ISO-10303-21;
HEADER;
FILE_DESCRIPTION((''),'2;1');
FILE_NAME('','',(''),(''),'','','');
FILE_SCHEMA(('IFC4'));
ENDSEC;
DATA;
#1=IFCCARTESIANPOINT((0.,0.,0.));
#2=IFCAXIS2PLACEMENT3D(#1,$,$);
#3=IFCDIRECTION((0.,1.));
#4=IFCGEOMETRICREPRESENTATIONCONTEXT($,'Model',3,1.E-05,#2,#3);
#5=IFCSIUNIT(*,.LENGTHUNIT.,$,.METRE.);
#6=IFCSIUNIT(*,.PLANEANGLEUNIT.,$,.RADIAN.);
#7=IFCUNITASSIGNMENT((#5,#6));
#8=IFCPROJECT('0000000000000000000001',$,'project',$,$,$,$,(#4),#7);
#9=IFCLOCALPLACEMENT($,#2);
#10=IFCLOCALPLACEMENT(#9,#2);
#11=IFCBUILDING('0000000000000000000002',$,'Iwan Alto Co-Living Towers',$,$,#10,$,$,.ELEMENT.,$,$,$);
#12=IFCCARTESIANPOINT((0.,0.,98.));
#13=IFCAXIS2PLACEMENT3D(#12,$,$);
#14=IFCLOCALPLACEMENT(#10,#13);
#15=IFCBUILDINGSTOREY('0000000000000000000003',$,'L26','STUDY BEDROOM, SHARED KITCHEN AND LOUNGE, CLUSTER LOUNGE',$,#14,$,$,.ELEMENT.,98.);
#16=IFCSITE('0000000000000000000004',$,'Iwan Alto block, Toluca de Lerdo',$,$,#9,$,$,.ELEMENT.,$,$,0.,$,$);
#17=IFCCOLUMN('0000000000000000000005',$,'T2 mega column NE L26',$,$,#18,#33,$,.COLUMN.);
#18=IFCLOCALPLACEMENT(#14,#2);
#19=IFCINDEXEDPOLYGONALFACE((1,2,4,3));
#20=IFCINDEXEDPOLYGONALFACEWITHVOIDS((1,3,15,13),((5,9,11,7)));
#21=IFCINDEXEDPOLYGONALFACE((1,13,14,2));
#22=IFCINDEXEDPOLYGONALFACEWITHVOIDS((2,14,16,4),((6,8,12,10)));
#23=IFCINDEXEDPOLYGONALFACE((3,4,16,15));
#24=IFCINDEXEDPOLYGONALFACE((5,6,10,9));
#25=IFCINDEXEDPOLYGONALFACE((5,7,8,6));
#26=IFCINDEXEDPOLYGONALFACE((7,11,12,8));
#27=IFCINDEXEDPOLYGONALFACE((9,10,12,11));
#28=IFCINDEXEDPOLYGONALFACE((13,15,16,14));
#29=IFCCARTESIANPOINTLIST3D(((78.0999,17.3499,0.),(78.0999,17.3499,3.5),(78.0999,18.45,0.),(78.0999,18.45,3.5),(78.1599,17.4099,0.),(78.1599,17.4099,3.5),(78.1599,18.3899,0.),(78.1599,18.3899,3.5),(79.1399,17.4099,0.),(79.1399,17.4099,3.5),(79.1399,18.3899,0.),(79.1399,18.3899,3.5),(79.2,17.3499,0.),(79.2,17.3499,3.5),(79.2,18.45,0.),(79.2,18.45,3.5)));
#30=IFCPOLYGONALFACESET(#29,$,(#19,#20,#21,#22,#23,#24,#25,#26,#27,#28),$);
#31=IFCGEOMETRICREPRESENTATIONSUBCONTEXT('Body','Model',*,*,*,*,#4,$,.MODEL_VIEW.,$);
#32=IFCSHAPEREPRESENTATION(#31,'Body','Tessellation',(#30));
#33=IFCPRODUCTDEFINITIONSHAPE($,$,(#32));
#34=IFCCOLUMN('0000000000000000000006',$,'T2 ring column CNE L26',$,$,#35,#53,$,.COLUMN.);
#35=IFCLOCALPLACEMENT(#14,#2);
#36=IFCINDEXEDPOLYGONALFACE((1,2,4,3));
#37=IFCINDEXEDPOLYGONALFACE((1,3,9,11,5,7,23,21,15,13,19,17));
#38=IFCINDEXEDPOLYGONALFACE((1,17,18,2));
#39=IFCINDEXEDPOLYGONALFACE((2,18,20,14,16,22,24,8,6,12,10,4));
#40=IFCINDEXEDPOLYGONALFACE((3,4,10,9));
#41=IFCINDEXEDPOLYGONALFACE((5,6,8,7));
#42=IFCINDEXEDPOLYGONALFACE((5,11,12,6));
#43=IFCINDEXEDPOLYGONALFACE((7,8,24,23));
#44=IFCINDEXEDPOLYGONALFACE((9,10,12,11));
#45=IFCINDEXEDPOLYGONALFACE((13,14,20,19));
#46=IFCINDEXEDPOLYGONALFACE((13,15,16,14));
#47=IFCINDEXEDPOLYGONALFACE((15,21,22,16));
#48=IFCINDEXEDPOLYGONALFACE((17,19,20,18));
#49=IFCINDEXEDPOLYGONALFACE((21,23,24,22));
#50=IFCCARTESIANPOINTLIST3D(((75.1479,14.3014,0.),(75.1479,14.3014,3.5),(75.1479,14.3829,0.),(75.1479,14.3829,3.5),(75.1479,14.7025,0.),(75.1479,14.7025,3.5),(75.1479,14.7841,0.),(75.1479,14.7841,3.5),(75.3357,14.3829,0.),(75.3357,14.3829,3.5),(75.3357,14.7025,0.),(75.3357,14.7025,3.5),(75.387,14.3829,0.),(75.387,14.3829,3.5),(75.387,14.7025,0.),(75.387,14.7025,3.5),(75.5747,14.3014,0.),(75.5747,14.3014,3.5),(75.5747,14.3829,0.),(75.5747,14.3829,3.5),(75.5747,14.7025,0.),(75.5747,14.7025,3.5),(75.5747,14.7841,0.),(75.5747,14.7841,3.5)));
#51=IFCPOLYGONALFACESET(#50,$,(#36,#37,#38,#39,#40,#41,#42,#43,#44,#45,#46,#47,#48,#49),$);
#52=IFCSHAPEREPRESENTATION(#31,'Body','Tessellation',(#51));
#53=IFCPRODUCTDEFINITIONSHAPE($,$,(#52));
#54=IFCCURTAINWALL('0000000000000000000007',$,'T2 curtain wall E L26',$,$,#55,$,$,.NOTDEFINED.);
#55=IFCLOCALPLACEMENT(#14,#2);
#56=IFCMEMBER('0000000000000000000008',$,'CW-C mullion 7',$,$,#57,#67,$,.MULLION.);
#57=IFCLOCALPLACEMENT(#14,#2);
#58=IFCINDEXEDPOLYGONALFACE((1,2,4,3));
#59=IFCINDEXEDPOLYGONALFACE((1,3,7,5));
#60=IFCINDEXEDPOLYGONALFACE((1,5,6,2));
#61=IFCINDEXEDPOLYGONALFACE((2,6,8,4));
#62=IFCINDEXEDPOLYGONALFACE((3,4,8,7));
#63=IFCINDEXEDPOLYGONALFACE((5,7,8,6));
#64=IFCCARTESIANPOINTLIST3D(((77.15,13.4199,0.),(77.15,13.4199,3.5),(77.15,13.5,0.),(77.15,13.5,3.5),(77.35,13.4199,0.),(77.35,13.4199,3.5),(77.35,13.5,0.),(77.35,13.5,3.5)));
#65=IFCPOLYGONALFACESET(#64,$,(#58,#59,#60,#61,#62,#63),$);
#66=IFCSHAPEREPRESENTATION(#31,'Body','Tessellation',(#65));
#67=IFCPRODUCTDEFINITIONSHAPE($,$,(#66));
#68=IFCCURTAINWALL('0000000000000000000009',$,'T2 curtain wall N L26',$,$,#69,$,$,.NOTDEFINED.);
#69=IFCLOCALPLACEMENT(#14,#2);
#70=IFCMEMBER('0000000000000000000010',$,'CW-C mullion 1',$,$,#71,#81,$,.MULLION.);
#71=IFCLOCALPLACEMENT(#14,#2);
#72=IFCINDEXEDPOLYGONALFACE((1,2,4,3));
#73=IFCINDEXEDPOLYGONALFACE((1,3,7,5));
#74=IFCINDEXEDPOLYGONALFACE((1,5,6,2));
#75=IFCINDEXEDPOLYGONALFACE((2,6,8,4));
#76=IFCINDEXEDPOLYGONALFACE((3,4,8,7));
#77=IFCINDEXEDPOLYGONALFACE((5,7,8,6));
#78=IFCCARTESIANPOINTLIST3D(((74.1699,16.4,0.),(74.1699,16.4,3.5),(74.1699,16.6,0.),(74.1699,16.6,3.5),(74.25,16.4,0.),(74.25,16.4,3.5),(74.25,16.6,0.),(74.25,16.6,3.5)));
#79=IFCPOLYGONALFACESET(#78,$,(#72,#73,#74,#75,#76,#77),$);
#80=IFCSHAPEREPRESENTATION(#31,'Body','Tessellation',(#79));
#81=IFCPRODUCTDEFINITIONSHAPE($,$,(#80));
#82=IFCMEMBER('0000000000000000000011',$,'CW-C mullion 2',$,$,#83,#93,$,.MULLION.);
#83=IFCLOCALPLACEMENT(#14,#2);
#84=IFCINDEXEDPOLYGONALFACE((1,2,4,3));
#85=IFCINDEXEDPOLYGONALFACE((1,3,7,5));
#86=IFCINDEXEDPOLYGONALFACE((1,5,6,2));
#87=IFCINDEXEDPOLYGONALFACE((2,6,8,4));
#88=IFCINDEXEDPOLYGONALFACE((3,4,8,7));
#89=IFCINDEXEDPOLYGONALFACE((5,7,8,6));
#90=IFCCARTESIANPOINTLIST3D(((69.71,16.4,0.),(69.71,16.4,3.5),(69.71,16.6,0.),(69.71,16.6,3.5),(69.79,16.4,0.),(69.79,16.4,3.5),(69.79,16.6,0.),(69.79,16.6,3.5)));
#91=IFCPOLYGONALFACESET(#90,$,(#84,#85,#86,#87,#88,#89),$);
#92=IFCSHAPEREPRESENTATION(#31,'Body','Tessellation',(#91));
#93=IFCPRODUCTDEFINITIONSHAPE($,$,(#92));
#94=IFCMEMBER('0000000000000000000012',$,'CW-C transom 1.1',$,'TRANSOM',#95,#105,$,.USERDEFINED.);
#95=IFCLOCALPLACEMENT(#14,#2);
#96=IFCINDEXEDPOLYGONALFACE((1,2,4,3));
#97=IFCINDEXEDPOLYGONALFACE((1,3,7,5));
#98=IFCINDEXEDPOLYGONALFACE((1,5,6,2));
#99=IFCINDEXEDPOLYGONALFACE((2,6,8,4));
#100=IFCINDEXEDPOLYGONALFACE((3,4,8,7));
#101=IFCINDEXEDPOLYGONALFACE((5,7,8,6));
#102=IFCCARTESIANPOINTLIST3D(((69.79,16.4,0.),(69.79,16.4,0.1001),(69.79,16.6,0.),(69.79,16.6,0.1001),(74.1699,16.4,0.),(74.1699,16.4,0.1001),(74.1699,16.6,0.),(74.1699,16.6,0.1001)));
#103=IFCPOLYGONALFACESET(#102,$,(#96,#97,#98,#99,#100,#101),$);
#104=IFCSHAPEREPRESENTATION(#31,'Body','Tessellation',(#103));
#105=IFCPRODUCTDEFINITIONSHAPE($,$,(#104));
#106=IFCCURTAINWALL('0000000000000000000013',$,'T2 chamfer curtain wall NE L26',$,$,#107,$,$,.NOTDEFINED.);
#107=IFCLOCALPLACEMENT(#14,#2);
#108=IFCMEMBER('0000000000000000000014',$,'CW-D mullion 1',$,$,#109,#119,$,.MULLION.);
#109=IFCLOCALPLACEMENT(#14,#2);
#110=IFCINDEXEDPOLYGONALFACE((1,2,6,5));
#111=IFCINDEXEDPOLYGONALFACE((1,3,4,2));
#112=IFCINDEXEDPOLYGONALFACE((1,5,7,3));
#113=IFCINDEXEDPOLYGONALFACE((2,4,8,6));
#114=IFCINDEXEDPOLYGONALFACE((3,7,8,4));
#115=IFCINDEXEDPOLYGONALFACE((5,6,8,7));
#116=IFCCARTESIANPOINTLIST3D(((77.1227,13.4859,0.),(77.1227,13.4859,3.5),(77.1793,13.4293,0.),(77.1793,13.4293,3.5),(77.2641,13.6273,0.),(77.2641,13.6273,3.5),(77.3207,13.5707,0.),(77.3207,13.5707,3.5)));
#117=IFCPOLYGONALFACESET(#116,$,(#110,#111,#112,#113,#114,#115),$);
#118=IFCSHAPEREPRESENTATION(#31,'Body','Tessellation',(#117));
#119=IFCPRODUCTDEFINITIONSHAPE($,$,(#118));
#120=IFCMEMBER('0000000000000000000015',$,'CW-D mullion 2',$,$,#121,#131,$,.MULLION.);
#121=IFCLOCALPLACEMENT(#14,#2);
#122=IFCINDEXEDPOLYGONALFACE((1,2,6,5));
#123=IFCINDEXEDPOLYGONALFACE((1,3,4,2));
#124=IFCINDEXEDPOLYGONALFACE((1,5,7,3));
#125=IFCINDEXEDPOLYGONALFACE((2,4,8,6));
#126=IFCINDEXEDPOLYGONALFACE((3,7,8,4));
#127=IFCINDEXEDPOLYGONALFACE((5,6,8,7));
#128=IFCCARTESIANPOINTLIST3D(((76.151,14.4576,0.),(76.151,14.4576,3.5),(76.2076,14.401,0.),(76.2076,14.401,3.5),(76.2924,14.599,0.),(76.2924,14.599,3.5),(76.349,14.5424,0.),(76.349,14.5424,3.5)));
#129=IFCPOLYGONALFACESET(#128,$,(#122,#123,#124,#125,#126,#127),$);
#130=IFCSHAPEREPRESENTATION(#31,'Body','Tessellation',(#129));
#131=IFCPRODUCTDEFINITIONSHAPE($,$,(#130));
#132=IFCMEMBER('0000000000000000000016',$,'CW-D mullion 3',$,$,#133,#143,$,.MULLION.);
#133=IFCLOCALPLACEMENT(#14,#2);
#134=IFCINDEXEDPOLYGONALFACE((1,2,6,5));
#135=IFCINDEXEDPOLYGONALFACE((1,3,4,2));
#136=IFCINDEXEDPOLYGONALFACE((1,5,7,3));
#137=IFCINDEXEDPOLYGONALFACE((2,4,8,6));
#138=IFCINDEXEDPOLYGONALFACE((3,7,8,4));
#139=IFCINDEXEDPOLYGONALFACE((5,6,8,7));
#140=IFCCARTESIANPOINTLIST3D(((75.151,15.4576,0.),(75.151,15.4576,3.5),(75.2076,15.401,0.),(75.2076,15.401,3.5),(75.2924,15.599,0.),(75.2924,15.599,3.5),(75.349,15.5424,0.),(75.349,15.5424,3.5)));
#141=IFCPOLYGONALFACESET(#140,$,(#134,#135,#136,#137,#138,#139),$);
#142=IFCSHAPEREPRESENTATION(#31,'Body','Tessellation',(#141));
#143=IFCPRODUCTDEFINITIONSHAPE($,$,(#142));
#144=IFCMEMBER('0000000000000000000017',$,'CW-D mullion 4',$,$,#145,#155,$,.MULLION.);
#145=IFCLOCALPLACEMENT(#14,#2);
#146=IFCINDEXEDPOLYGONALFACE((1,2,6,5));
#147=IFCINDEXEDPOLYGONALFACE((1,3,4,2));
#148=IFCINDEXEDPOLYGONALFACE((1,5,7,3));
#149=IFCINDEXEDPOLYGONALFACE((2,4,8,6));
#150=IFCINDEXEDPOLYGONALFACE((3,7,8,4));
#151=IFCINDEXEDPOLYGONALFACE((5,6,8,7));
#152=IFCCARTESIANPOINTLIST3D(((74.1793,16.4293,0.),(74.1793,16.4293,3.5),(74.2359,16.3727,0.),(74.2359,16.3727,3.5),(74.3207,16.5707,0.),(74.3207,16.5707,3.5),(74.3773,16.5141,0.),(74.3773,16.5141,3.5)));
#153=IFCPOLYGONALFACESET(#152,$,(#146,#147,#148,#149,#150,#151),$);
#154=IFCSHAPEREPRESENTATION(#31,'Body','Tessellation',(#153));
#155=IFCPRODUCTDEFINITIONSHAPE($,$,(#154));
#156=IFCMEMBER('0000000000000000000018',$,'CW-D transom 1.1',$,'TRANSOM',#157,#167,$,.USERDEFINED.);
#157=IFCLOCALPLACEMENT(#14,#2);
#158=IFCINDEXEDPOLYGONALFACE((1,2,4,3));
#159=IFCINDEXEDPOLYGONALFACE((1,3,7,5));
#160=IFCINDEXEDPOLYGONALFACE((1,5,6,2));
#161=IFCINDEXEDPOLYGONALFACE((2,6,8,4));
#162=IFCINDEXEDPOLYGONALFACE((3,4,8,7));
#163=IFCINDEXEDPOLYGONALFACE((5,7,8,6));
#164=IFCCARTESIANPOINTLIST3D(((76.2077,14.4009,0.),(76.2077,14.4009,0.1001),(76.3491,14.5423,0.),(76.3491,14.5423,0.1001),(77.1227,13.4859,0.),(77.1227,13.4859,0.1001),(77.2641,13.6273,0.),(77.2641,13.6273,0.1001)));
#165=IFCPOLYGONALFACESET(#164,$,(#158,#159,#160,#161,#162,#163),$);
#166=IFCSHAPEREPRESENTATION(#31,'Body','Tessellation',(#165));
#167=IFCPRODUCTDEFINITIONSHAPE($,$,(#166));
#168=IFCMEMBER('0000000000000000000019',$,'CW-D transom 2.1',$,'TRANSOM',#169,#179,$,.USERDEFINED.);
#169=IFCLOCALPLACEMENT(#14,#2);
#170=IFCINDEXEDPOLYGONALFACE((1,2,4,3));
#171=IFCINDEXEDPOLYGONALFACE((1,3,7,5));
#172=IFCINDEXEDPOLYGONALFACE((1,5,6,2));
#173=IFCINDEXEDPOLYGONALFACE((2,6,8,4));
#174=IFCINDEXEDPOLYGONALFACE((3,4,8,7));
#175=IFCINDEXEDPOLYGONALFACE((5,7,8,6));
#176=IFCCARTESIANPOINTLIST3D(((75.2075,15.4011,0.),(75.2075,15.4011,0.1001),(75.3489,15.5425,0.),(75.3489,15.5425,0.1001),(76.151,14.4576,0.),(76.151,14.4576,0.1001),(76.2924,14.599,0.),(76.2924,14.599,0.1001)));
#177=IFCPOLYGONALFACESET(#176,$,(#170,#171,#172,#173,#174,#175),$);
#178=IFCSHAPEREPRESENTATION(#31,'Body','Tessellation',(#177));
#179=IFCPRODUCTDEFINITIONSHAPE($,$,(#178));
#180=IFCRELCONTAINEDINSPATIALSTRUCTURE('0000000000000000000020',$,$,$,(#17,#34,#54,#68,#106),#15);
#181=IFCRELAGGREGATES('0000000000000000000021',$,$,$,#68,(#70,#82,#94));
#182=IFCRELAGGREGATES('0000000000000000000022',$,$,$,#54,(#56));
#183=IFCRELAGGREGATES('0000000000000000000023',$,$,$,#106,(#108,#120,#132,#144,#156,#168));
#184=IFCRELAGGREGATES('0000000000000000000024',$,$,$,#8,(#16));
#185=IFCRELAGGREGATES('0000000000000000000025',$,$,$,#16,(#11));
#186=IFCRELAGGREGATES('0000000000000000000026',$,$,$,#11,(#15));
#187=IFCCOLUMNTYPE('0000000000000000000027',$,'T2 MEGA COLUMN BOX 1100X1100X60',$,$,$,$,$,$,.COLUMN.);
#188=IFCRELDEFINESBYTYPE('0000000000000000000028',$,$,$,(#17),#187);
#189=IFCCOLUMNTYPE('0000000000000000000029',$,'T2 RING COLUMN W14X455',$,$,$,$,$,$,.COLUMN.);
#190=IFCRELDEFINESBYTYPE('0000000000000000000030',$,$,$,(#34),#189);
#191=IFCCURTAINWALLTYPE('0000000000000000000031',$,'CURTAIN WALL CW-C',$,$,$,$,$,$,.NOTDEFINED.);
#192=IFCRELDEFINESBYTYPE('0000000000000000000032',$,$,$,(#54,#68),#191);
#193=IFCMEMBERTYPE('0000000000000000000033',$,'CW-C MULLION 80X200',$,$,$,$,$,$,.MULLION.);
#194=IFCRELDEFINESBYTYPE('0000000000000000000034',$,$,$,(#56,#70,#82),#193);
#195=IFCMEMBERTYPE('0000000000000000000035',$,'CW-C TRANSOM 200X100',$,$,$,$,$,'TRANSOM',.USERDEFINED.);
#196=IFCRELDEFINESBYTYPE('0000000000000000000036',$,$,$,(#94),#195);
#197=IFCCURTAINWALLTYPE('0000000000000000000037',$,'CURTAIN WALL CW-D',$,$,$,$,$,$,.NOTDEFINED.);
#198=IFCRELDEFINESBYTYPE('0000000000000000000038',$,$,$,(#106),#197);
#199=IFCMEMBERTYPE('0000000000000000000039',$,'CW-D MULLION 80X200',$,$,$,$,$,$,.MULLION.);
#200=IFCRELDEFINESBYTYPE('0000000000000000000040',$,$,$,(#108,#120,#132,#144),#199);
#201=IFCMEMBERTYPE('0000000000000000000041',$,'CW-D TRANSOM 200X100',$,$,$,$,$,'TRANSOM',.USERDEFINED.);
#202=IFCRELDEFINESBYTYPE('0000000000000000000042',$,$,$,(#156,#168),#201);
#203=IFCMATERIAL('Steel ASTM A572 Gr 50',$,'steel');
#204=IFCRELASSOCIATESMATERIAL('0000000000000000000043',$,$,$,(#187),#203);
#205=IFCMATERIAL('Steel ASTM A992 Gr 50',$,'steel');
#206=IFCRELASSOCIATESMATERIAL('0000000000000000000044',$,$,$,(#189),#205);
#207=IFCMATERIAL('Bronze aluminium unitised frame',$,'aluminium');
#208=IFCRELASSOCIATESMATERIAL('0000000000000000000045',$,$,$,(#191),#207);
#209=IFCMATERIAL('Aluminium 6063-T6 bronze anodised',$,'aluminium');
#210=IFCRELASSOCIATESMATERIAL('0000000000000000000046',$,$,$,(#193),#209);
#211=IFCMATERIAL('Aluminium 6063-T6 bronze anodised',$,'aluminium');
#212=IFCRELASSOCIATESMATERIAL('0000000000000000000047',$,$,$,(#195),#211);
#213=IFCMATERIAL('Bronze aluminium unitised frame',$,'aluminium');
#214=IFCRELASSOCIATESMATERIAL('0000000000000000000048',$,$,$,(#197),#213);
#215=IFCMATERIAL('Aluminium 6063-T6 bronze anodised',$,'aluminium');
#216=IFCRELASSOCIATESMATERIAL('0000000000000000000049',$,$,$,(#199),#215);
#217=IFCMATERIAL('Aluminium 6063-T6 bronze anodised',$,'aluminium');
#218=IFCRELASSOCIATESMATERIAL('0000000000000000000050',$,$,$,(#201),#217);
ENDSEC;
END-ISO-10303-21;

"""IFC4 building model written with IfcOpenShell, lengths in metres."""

from ifc_helpers import new_model, si_unit, direction, frame, origin, origin_2d, place, context, subcontext, project, spatial, rectangle, hollow_rectangle, i_section, extrude, material, material_profile, profile_set, type_object, element, aggregate, save


model = new_model("IFC4")

# Units and contexts
model_context = context("Model", 3, precision=1e-05, world=origin(), true_north=direction((0.0, 1.0)))
body_context = subcontext(model_context, "Body", "Model", "MODEL_VIEW")
ifc_project = project(units=[si_unit("LENGTHUNIT", "METRE"), si_unit("PLANEANGLEUNIT", "RADIAN")], contexts=[model_context])

# Site, building, storey
site_placement = place(None, origin())
site = spatial("IfcSite", under=ifc_project, at=site_placement, Name="Iwan Alto block, Toluca de Lerdo", CompositionType="ELEMENT", RefElevation=0.0)
building_placement = place(site_placement, origin())
building = spatial("IfcBuilding", under=site, at=building_placement, Name="Iwan Alto Co-Living Towers", CompositionType="ELEMENT")
storey_placement = place(building_placement, frame((0.0, 0.0, 98.0)))
storey = spatial("IfcBuildingStorey", under=building, at=storey_placement, Name="L26", Description="STUDY BEDROOM, SHARED KITCHEN AND LOUNGE, CLUSTER LOUNGE", CompositionType="ELEMENT", Elevation=98.0)

# Columns
ifc_material_1 = material(Name="Steel ASTM A572 Gr 50", Category="steel")
ifc_material_profile_1 = material_profile(ifc_material_1, hollow_rectangle(XDim=1.1001, YDim=1.1001, WallThickness=0.0601, at=origin_2d()), Name="BOX 1100X1100X60")
ifc_profile_set_1 = profile_set([ifc_material_profile_1], Name="Steel ASTM A572 Gr 50")
column_type_1 = type_object("IfcColumnType", Name="T2 MEGA COLUMN BOX 1100X1100X60", PredefinedType="COLUMN", material=ifc_profile_set_1)
column_1_placement = place(storey_placement, frame((78.6499, 17.8999, 0.0), z_axis=(0.0, 0.0, 1.0), x_axis=(1.0, 0.0, 0.0)))
element("IfcColumn", 1, at=column_1_placement, inside=storey, type_object=column_type_1, Name="T2 mega column NE L26", PredefinedType="COLUMN", context=body_context, shape_type="SweptSolid", body=[
    extrude(hollow_rectangle(XDim=1.1001, YDim=1.1001, WallThickness=0.0601, at=origin_2d()), origin(), (0.0, 0.0, 1.0), 3.5),
])
ifc_material_2 = material(Name="Steel ASTM A992 Gr 50", Category="steel")
ifc_material_profile_2 = material_profile(ifc_material_2, i_section(OverallWidth=0.4268, OverallDepth=0.4827, WebThickness=0.0513, FlangeThickness=0.0815, at=origin_2d()), Name="W14X455")
ifc_profile_set_2 = profile_set([ifc_material_profile_2], Name="Steel ASTM A992 Gr 50")
column_type_2 = type_object("IfcColumnType", Name="T2 RING COLUMN W14X455", PredefinedType="COLUMN", material=ifc_profile_set_2)
column_2_placement = place(storey_placement, frame((75.3613, 14.5427, 0.0), z_axis=(0.0, 0.0, 1.0), x_axis=(1.0, 0.0, 0.0)))
element("IfcColumn", 2, at=column_2_placement, inside=storey, type_object=column_type_2, Name="T2 ring column CNE L26", PredefinedType="COLUMN", context=body_context, shape_type="SweptSolid", body=[
    extrude(i_section(OverallWidth=0.4268, OverallDepth=0.4827, WebThickness=0.0513, FlangeThickness=0.0815, at=origin_2d()), origin(), (0.0, 0.0, 1.0), 3.5),
])

# Curtain wall, member
ifc_material_3 = material(Name="Bronze aluminium unitised frame", Category="aluminium")
curtain_wall_type_1 = type_object("IfcCurtainWallType", Name="CURTAIN WALL CW-C", PredefinedType="NOTDEFINED", material=ifc_material_3)
curtain_wall_1_placement = place(storey_placement, origin())
curtain_wall_1 = element("IfcCurtainWall", 3, at=curtain_wall_1_placement, inside=storey, type_object=curtain_wall_type_1, Name="T2 curtain wall E L26", PredefinedType="NOTDEFINED")
ifc_material_4 = material(Name="Aluminium 6063-T6 bronze anodised", Category="aluminium")
ifc_material_profile_3 = material_profile(ifc_material_4, rectangle(XDim=0.2, YDim=0.0801, at=origin_2d()), Name="AL 80X200")
ifc_profile_set_3 = profile_set([ifc_material_profile_3], Name="Aluminium 6063-T6 bronze anodised")
member_type_1 = type_object("IfcMemberType", Name="CW-C MULLION 80X200", PredefinedType="MULLION", material=ifc_profile_set_3)
member_1_placement = place(storey_placement, frame((77.25, 13.46, 0.0), z_axis=(0.0, 0.0, 1.0), x_axis=(-1.0, 0.0, 0.0)))
member_1 = element("IfcMember", 4, at=member_1_placement, type_object=member_type_1, Name="CW-C mullion 7", PredefinedType="MULLION", context=body_context, shape_type="SweptSolid", body=[
    extrude(rectangle(XDim=0.2, YDim=0.0801, at=origin_2d()), origin(), (0.0, 0.0, 1.0), 3.5),
])

# Curtain walls, members
curtain_wall_2_placement = place(storey_placement, origin())
curtain_wall_2 = element("IfcCurtainWall", 5, at=curtain_wall_2_placement, inside=storey, type_object=curtain_wall_type_1, Name="T2 curtain wall N L26", PredefinedType="NOTDEFINED")
member_2_placement = place(storey_placement, frame((74.21, 16.5, 0.0), z_axis=(0.0, 0.0, 1.0), x_axis=(0.0, -1.0, 0.0)))
member_2 = element("IfcMember", 6, at=member_2_placement, type_object=member_type_1, Name="CW-C mullion 1", PredefinedType="MULLION", context=body_context, shape_type="SweptSolid", body=[
    extrude(rectangle(XDim=0.2, YDim=0.0801, at=origin_2d()), origin(), (0.0, 0.0, 1.0), 3.5),
])
member_3_placement = place(storey_placement, frame((69.75, 16.5, 0.0), z_axis=(0.0, 0.0, 1.0), x_axis=(0.0, -1.0, 0.0)))
member_3 = element("IfcMember", 7, at=member_3_placement, type_object=member_type_1, Name="CW-C mullion 2", PredefinedType="MULLION", context=body_context, shape_type="SweptSolid", body=[
    extrude(rectangle(XDim=0.2, YDim=0.0801, at=origin_2d()), origin(), (0.0, 0.0, 1.0), 3.5),
])
ifc_material_5 = material(Name="Aluminium 6063-T6 bronze anodised", Category="aluminium")
ifc_material_profile_4 = material_profile(ifc_material_5, rectangle(XDim=0.2, YDim=0.1001, at=origin_2d()), Name="AL 200X100")
ifc_profile_set_4 = profile_set([ifc_material_profile_4], Name="Aluminium 6063-T6 bronze anodised")
member_type_2 = type_object("IfcMemberType", Name="CW-C TRANSOM 200X100", ElementType="TRANSOM", PredefinedType="USERDEFINED", material=ifc_profile_set_4)
member_4_placement = place(storey_placement, frame((74.1699, 16.5, 0.05), z_axis=(-1.0, 0.0, 0.0), x_axis=(0.0, -1.0, 0.0)))
member_4 = element("IfcMember", 8, at=member_4_placement, type_object=member_type_2, Name="CW-C transom 1.1", ObjectType="TRANSOM", PredefinedType="USERDEFINED", context=body_context, shape_type="SweptSolid", body=[
    extrude(rectangle(XDim=0.2, YDim=0.1001, at=origin_2d()), origin(), (0.0, 0.0, 1.0), 4.3799),
])
ifc_material_6 = material(Name="Bronze aluminium unitised frame", Category="aluminium")
curtain_wall_type_2 = type_object("IfcCurtainWallType", Name="CURTAIN WALL CW-D", PredefinedType="NOTDEFINED", material=ifc_material_6)
curtain_wall_3_placement = place(storey_placement, origin())
curtain_wall_3 = element("IfcCurtainWall", 9, at=curtain_wall_3_placement, inside=storey, type_object=curtain_wall_type_2, Name="T2 chamfer curtain wall NE L26", PredefinedType="NOTDEFINED")
ifc_material_7 = material(Name="Aluminium 6063-T6 bronze anodised", Category="aluminium")
ifc_material_profile_5 = material_profile(ifc_material_7, rectangle(XDim=0.2, YDim=0.0801, at=origin_2d()), Name="AL 80X200")
ifc_profile_set_5 = profile_set([ifc_material_profile_5], Name="Aluminium 6063-T6 bronze anodised")
member_type_3 = type_object("IfcMemberType", Name="CW-D MULLION 80X200", PredefinedType="MULLION", material=ifc_profile_set_5)
member_5_placement = place(storey_placement, frame((77.2217, 13.5283, 0.0), z_axis=(0.0, 0.0, 1.0), x_axis=(-0.707107, -0.707107, 0.0)))
member_5 = element("IfcMember", 10, at=member_5_placement, type_object=member_type_3, Name="CW-D mullion 1", PredefinedType="MULLION", context=body_context, shape_type="SweptSolid", body=[
    extrude(rectangle(XDim=0.2, YDim=0.0801, at=origin_2d()), origin(), (0.0, 0.0, 1.0), 3.5),
])
member_6_placement = place(storey_placement, frame((76.25, 14.5, 0.0), z_axis=(0.0, 0.0, 1.0), x_axis=(-0.707107, -0.707107, 0.0)))
member_6 = element("IfcMember", 11, at=member_6_placement, type_object=member_type_3, Name="CW-D mullion 2", PredefinedType="MULLION", context=body_context, shape_type="SweptSolid", body=[
    extrude(rectangle(XDim=0.2, YDim=0.0801, at=origin_2d()), origin(), (0.0, 0.0, 1.0), 3.5),
])
member_7_placement = place(storey_placement, frame((75.25, 15.5, 0.0), z_axis=(0.0, 0.0, 1.0), x_axis=(-0.707107, -0.707107, 0.0)))
member_7 = element("IfcMember", 12, at=member_7_placement, type_object=member_type_3, Name="CW-D mullion 3", PredefinedType="MULLION", context=body_context, shape_type="SweptSolid", body=[
    extrude(rectangle(XDim=0.2, YDim=0.0801, at=origin_2d()), origin(), (0.0, 0.0, 1.0), 3.5),
])
member_8_placement = place(storey_placement, frame((74.2783, 16.4717, 0.0), z_axis=(0.0, 0.0, 1.0), x_axis=(-0.707107, -0.707107, 0.0)))
member_8 = element("IfcMember", 13, at=member_8_placement, type_object=member_type_3, Name="CW-D mullion 4", PredefinedType="MULLION", context=body_context, shape_type="SweptSolid", body=[
    extrude(rectangle(XDim=0.2, YDim=0.0801, at=origin_2d()), origin(), (0.0, 0.0, 1.0), 3.5),
])
ifc_material_8 = material(Name="Aluminium 6063-T6 bronze anodised", Category="aluminium")
ifc_material_profile_6 = material_profile(ifc_material_8, rectangle(XDim=0.2, YDim=0.1001, at=origin_2d()), Name="AL 200X100")
ifc_profile_set_6 = profile_set([ifc_material_profile_6], Name="Aluminium 6063-T6 bronze anodised")
member_type_4 = type_object("IfcMemberType", Name="CW-D TRANSOM 200X100", ElementType="TRANSOM", PredefinedType="USERDEFINED", material=ifc_profile_set_6)
member_9_placement = place(storey_placement, frame((77.1934, 13.5566, 0.05), z_axis=(-0.707107, 0.707107, 0.0), x_axis=(-0.707107, -0.707107, 0.0)))
member_9 = element("IfcMember", 14, at=member_9_placement, type_object=member_type_4, Name="CW-D transom 1.1", ObjectType="TRANSOM", PredefinedType="USERDEFINED", context=body_context, shape_type="SweptSolid", body=[
    extrude(rectangle(XDim=0.2, YDim=0.1001, at=origin_2d()), origin(), (0.0, 0.0, 1.0), 1.2939),
])
member_10_placement = place(storey_placement, frame((76.2217, 14.5283, 0.05), z_axis=(-0.707107, 0.707107, 0.0), x_axis=(-0.707107, -0.707107, 0.0)))
member_10 = element("IfcMember", 15, at=member_10_placement, type_object=member_type_4, Name="CW-D transom 2.1", ObjectType="TRANSOM", PredefinedType="USERDEFINED", context=body_context, shape_type="SweptSolid", body=[
    extrude(rectangle(XDim=0.2, YDim=0.1001, at=origin_2d()), origin(), (0.0, 0.0, 1.0), 1.3342),
])

aggregate(curtain_wall_2, [member_2, member_3, member_4])
aggregate(curtain_wall_1, [member_1])
aggregate(curtain_wall_3, [member_5, member_6, member_7, member_8, member_9, member_10])

save(model, "model.ifc")
